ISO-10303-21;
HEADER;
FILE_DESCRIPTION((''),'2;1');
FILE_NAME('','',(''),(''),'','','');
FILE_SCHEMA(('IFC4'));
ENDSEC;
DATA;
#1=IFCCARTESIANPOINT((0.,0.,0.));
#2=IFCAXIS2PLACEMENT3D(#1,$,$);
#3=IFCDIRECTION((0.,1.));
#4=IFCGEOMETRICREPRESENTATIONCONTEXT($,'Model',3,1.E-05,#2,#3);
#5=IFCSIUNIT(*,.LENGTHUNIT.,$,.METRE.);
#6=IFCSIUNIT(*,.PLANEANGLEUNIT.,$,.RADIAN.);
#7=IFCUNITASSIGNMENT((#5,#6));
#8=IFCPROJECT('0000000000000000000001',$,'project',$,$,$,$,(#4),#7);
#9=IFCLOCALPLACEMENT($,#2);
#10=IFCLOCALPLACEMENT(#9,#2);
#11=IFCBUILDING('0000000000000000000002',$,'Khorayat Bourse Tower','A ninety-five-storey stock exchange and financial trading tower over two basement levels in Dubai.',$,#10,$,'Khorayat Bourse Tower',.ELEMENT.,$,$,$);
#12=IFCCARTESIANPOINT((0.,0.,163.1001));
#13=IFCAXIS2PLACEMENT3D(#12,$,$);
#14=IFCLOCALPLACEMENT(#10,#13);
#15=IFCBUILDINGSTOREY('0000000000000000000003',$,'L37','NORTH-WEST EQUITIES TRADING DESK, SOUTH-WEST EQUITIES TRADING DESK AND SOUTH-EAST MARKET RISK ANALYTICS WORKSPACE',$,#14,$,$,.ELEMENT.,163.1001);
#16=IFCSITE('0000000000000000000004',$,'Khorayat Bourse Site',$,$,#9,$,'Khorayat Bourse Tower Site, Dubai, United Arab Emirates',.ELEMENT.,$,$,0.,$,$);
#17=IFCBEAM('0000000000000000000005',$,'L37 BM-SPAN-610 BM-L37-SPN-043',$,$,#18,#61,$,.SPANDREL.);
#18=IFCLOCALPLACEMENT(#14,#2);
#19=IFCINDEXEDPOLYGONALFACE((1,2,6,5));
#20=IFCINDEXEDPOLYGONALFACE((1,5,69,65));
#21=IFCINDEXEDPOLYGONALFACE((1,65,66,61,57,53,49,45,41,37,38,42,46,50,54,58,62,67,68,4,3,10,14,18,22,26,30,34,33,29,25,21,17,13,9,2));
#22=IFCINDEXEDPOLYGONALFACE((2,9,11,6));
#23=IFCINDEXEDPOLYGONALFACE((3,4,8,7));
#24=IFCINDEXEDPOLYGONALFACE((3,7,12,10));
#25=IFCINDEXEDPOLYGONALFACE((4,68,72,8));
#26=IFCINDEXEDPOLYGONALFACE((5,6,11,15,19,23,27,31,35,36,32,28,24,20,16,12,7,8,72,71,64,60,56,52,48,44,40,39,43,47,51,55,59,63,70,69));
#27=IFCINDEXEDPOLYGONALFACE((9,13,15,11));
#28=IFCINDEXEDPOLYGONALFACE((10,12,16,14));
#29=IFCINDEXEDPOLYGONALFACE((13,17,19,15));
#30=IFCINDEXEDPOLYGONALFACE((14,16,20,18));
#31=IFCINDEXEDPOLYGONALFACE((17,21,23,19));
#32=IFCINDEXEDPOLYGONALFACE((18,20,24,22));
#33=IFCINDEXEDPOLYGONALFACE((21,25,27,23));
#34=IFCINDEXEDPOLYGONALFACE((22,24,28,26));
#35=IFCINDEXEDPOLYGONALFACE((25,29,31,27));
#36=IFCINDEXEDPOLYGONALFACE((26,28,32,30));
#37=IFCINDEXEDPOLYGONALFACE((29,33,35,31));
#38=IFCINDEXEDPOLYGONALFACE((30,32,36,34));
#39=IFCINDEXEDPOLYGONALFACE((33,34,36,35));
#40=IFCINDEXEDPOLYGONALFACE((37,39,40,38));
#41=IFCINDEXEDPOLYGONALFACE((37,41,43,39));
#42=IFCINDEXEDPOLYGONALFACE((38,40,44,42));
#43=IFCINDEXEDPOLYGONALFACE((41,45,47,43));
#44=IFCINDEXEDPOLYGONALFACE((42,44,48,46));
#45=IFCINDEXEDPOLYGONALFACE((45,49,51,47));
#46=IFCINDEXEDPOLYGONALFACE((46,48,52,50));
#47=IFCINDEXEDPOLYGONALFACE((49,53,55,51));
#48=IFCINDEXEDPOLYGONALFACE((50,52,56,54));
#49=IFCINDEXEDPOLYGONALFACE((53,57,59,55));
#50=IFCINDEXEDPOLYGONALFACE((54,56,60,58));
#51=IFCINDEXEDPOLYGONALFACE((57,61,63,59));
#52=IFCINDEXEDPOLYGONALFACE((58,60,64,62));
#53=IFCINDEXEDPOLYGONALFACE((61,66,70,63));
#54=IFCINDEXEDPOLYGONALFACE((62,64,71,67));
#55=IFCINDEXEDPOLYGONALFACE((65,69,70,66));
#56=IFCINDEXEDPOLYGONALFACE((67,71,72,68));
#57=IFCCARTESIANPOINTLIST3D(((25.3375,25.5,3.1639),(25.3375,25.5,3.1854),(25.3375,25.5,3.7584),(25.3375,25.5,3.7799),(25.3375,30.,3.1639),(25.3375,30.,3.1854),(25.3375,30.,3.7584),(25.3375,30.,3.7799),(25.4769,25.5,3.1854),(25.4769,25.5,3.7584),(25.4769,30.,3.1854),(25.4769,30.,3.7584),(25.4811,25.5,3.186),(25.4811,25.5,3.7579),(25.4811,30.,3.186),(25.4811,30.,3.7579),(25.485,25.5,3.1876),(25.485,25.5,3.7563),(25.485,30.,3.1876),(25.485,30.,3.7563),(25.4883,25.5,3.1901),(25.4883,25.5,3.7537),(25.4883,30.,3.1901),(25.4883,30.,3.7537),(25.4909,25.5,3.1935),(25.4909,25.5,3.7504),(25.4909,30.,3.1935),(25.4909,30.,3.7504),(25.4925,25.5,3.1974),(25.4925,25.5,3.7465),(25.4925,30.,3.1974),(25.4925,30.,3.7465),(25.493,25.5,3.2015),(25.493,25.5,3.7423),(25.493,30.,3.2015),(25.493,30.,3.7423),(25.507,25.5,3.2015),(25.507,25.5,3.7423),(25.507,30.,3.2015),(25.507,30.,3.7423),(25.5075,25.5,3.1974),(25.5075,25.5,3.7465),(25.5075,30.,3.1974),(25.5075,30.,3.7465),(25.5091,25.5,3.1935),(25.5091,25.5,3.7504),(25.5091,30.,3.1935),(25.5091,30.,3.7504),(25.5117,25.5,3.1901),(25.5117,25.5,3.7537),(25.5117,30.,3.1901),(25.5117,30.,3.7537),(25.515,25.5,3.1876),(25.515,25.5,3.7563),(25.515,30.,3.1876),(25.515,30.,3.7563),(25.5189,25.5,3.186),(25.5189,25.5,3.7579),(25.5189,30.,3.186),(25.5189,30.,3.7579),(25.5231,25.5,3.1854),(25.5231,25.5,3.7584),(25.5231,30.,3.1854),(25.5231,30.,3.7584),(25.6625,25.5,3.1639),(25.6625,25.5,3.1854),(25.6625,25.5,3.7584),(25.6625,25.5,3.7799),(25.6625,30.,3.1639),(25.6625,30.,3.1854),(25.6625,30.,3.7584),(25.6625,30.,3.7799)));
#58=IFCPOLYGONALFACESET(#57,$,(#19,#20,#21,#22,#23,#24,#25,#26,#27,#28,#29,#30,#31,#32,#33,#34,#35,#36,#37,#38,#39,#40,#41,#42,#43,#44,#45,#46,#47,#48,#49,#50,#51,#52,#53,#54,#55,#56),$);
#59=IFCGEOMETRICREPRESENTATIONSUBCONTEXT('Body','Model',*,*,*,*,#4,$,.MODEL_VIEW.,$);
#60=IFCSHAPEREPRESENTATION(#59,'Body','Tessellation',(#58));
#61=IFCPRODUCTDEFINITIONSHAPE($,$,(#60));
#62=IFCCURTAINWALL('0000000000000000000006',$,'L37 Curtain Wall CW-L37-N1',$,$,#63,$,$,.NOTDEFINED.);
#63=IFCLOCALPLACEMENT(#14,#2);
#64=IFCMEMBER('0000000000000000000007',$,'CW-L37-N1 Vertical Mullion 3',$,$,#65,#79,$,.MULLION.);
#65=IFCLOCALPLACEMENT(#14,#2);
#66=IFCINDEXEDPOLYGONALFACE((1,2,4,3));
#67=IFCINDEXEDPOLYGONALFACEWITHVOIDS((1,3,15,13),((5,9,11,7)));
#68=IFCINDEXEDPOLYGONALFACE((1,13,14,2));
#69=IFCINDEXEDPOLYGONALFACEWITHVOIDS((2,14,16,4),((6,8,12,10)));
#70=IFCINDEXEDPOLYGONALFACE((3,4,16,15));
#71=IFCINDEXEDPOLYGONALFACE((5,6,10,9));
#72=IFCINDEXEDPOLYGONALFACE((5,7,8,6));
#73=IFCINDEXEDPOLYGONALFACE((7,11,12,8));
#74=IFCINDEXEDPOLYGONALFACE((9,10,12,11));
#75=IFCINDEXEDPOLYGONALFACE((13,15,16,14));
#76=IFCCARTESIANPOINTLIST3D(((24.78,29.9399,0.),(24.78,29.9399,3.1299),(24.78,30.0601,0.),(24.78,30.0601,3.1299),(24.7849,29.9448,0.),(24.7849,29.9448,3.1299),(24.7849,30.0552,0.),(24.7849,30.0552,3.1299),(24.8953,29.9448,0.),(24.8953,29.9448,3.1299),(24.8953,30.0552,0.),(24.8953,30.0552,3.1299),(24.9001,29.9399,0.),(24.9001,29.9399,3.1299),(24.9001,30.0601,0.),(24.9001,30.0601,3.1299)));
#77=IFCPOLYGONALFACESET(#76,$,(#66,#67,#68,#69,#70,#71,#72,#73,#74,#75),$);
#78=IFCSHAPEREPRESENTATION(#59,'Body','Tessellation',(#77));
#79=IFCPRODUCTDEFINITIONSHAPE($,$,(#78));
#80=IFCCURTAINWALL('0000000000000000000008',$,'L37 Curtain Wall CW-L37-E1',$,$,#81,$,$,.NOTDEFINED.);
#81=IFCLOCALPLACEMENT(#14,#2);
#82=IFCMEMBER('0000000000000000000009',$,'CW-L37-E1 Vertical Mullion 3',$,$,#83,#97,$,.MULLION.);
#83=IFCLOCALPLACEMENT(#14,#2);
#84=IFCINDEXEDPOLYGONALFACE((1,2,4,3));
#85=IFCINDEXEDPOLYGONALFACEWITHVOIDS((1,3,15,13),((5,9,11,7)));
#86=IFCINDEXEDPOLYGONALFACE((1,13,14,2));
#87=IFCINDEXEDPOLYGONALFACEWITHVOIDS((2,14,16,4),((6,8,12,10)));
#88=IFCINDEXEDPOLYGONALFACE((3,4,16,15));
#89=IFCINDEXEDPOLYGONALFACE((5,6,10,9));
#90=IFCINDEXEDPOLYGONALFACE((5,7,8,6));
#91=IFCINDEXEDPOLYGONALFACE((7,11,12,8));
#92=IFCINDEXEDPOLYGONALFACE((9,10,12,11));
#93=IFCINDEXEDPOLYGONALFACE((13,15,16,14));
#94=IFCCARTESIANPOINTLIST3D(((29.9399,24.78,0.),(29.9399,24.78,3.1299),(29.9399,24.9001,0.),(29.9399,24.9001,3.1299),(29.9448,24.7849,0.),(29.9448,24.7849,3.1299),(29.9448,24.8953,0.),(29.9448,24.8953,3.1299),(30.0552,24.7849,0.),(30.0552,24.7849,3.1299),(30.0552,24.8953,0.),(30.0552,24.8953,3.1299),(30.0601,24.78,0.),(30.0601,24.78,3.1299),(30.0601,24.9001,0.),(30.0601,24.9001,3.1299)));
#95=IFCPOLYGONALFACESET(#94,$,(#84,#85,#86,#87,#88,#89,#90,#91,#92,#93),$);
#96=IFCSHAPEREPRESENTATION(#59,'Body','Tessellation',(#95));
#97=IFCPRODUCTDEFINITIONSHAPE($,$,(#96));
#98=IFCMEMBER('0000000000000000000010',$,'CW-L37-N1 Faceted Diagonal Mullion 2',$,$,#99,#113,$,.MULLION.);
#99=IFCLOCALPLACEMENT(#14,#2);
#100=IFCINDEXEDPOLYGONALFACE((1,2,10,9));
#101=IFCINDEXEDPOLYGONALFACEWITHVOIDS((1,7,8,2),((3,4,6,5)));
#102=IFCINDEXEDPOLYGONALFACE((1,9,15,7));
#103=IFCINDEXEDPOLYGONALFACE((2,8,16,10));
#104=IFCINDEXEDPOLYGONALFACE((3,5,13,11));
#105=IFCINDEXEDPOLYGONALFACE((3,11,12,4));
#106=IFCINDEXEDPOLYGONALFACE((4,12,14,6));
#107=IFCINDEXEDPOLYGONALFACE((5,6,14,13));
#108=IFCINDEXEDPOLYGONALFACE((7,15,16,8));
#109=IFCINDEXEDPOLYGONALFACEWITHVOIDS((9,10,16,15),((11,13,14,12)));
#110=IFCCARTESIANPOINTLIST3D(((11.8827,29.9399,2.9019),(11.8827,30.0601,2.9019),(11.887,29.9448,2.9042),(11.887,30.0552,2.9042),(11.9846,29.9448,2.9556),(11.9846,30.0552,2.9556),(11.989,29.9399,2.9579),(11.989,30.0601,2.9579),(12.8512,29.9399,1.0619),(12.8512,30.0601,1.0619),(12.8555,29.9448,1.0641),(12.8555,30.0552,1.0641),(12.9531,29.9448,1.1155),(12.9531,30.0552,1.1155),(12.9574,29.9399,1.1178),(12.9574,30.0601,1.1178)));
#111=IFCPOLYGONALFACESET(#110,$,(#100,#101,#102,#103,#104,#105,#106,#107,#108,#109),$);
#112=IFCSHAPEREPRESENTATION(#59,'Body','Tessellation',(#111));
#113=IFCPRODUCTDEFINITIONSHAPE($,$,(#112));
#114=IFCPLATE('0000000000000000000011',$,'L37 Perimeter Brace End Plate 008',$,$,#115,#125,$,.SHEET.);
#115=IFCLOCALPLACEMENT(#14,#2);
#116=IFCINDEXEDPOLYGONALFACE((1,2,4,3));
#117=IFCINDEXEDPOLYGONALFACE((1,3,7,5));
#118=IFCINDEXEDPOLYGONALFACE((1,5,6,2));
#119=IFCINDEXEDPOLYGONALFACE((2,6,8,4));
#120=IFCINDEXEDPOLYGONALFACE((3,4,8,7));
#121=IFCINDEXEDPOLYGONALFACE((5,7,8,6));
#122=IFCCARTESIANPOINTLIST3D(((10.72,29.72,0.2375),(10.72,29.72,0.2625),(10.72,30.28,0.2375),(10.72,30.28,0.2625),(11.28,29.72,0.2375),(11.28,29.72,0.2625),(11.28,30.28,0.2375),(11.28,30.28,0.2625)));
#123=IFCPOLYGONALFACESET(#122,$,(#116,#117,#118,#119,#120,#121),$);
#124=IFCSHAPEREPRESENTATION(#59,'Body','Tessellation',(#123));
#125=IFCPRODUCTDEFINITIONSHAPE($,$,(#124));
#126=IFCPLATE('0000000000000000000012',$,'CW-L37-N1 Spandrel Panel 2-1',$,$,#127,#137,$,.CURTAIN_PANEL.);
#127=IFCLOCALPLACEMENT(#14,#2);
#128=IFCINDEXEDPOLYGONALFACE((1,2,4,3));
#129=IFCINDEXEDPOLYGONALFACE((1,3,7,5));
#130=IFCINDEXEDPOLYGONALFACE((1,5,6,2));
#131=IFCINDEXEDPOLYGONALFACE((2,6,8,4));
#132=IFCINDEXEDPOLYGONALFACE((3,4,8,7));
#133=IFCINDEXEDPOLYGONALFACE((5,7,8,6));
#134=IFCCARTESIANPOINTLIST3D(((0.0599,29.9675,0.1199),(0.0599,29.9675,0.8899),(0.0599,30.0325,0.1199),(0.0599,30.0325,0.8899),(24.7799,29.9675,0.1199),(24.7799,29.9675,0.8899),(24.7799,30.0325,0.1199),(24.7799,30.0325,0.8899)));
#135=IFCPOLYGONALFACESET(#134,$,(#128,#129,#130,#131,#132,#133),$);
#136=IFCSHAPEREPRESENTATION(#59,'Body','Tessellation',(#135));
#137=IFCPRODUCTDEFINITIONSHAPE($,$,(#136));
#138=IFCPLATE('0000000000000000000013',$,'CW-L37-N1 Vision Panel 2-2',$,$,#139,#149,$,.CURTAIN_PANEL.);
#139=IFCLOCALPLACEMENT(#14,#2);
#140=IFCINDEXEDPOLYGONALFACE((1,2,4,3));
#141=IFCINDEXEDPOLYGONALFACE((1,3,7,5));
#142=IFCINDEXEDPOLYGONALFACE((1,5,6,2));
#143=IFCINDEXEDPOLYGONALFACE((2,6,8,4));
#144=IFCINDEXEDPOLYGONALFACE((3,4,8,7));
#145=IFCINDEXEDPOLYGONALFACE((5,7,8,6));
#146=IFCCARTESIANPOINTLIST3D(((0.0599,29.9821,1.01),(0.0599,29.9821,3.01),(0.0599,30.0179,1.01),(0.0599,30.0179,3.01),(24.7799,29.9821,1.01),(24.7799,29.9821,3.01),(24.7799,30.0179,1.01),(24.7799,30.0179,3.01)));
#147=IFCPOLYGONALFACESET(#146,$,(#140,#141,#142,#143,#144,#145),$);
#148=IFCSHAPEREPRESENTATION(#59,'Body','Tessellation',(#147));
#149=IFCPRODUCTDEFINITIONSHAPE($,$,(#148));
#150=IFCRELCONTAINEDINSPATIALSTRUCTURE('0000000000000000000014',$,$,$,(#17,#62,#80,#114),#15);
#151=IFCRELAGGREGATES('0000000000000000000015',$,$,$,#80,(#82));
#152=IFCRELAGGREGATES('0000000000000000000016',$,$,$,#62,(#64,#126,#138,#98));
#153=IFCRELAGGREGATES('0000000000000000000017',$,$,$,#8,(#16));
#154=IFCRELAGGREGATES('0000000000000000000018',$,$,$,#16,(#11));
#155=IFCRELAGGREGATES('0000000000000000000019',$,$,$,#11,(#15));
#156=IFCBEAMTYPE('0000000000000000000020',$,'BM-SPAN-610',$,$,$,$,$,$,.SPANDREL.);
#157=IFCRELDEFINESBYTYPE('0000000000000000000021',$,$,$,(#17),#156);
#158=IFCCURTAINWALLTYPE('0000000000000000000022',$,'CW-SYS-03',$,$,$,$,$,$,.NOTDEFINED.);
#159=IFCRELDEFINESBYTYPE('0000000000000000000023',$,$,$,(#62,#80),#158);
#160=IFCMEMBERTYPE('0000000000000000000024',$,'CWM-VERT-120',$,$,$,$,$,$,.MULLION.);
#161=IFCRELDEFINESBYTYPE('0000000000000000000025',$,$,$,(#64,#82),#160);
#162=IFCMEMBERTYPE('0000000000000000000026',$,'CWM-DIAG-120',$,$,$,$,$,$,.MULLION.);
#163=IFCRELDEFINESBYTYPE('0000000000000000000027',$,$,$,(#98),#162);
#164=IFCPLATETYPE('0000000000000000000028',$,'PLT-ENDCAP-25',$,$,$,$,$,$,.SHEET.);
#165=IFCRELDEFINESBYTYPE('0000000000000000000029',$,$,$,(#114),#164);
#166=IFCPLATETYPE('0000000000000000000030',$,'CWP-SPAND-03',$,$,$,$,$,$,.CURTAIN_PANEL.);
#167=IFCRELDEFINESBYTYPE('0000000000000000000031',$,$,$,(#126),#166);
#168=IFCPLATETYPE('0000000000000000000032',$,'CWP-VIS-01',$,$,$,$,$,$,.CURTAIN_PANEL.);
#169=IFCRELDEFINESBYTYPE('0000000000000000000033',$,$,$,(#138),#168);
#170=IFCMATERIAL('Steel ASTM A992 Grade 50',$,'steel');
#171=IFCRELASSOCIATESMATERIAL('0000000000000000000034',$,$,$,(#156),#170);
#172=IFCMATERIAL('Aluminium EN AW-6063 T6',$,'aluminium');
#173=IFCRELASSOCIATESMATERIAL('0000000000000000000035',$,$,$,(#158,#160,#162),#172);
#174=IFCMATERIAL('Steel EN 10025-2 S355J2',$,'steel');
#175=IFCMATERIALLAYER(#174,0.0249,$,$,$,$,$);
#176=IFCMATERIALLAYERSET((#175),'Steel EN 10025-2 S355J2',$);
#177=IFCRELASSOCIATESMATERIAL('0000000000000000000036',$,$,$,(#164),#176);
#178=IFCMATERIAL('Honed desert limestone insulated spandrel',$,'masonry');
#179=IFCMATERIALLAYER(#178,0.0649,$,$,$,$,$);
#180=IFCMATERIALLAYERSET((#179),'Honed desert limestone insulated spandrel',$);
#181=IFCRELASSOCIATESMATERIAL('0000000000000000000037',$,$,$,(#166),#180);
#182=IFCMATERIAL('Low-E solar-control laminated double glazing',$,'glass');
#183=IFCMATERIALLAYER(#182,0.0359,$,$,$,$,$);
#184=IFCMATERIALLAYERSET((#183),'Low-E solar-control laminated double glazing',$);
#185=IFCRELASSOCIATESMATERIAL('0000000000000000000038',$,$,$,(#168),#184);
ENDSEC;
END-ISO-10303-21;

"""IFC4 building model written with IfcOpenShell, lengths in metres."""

from ifc_helpers import new_model, si_unit, direction, frame, origin, origin_2d, place, context, subcontext, project, spatial, rectangle, hollow_rectangle, i_section, extrude, source, transform, mapped, material, layer, layer_set, material_profile, profile_set, type_object, element, aggregate, save


model = new_model("IFC4")

# Units and contexts
model_context = context("Model", 3, precision=1e-05, world=origin(), true_north=direction((0.0, 1.0)))
body_context = subcontext(model_context, "Body", "Model", "MODEL_VIEW")
ifc_project = project(units=[si_unit("LENGTHUNIT", "METRE"), si_unit("PLANEANGLEUNIT", "RADIAN")], contexts=[model_context])

# Site, building, storey
site_placement = place(None, origin())
site = spatial("IfcSite", under=ifc_project, at=site_placement, Name="Khorayat Bourse Site", LongName="Khorayat Bourse Tower Site, Dubai, United Arab Emirates", CompositionType="ELEMENT", RefElevation=0.0)
building_placement = place(site_placement, origin())
building = spatial("IfcBuilding", under=site, at=building_placement, Name="Khorayat Bourse Tower", Description="A ninety-five-storey stock exchange and financial trading tower over two basement levels in Dubai.", LongName="Khorayat Bourse Tower", CompositionType="ELEMENT")
storey_placement = place(building_placement, frame((0.0, 0.0, 163.1001)))
storey = spatial("IfcBuildingStorey", under=building, at=storey_placement, Name="L37", Description="NORTH-WEST EQUITIES TRADING DESK, SOUTH-WEST EQUITIES TRADING DESK AND SOUTH-EAST MARKET RISK ANALYTICS WORKSPACE", CompositionType="ELEMENT", Elevation=163.1001)

# Beam
ifc_material_1 = material(Name="Steel ASTM A992 Grade 50", Category="steel")
ifc_material_profile_1 = material_profile(ifc_material_1, i_section(OverallWidth=0.325, OverallDepth=0.616, WebThickness=0.0139, FlangeThickness=0.0215, FilletRadius=0.0161, at=origin_2d()), Name="W610X174")
ifc_profile_set_1 = profile_set([ifc_material_profile_1], Name="Steel ASTM A992 Grade 50")
beam_type_1 = type_object("IfcBeamType", Name="BM-SPAN-610", PredefinedType="SPANDREL", material=ifc_profile_set_1)
shared_shape_1 = source(origin(), body_context, "Body", "SweptSolid", [
    extrude(i_section(OverallWidth=0.325, OverallDepth=0.616, WebThickness=0.0139, FlangeThickness=0.0215, FilletRadius=0.0161, at=origin_2d()), origin(), (0.0, 0.0, 1.0), 4.5),
])
for number, where, z_axis, x_axis, name in (
    (1, (25.5, 25.5, 3.4719), (0.0, 1.0, 0.0), (-1.0, 0.0, 0.0), "L37 BM-SPAN-610 BM-L37-SPN-043"),
):
    element("IfcBeam", number, at=place(storey_placement, frame(where, z_axis=z_axis, x_axis=x_axis)), inside=storey, type_object=beam_type_1, Name=name, PredefinedType="SPANDREL", context=body_context, shape_type="MappedRepresentation", body=[
        mapped(shared_shape_1, transform((0.0, 0.0, 0.0), scale=1.0)),
    ])

# Curtain walls, members
ifc_material_2 = material(Name="Aluminium EN AW-6063 T6", Category="aluminium")
curtain_wall_type = type_object("IfcCurtainWallType", Name="CW-SYS-03", PredefinedType="NOTDEFINED", material=ifc_material_2)
curtain_wall_1_placement = place(storey_placement, origin())
curtain_wall_1 = element("IfcCurtainWall", 2, at=curtain_wall_1_placement, inside=storey, type_object=curtain_wall_type, Name="L37 Curtain Wall CW-L37-N1", PredefinedType="NOTDEFINED")
ifc_material_profile_2 = material_profile(ifc_material_2, hollow_rectangle(XDim=0.1201, YDim=0.1201, WallThickness=0.0049, at=origin_2d()), Name="ALU 120x120x5")
ifc_profile_set_2 = profile_set([ifc_material_profile_2], Name="Aluminium EN AW-6063 T6")
member_type_1 = type_object("IfcMemberType", Name="CWM-VERT-120", PredefinedType="MULLION", material=ifc_profile_set_2)
shared_shape_2 = source(origin(), body_context, "Body", "SweptSolid", [
    extrude(hollow_rectangle(XDim=0.1201, YDim=0.1201, WallThickness=0.0049, at=origin_2d()), origin(), (0.0, 0.0, 1.0), 3.1299),
])
member_1_placement = place(storey_placement, frame((24.8401, 30.0, 0.0), z_axis=(0.0, 0.0, 1.0), x_axis=(0.0, 1.0, 0.0)))
member_1 = element("IfcMember", 3, at=member_1_placement, type_object=member_type_1, Name="CW-L37-N1 Vertical Mullion 3", PredefinedType="MULLION", context=body_context, shape_type="MappedRepresentation", body=[
    mapped(shared_shape_2, transform((0.0, 0.0, 0.0), scale=1.0)),
])
curtain_wall_2_placement = place(storey_placement, origin())
curtain_wall_2 = element("IfcCurtainWall", 4, at=curtain_wall_2_placement, inside=storey, type_object=curtain_wall_type, Name="L37 Curtain Wall CW-L37-E1", PredefinedType="NOTDEFINED")
member_2_placement = place(storey_placement, frame((30.0, 24.8401, 0.0), z_axis=(0.0, 0.0, 1.0), x_axis=(-1.0, 0.0, 0.0)))
member_2 = element("IfcMember", 5, at=member_2_placement, type_object=member_type_1, Name="CW-L37-E1 Vertical Mullion 3", PredefinedType="MULLION", context=body_context, shape_type="MappedRepresentation", body=[
    mapped(shared_shape_2, transform((0.0, 0.0, 0.0), scale=1.0)),
])
aggregate(curtain_wall_2, [member_2])

# Member
ifc_material_profile_3 = material_profile(ifc_material_2, hollow_rectangle(XDim=0.1201, YDim=0.1201, WallThickness=0.0049, at=origin_2d()), Name="ALU 120x120x5")
ifc_profile_set_3 = profile_set([ifc_material_profile_3], Name="Aluminium EN AW-6063 T6")
member_type_2 = type_object("IfcMemberType", Name="CWM-DIAG-120", PredefinedType="MULLION", material=ifc_profile_set_3)
shared_shape_3 = source(origin(), body_context, "Body", "SweptSolid", [
    extrude(hollow_rectangle(XDim=0.1201, YDim=0.1201, WallThickness=0.0049, at=origin_2d()), origin(), (0.0, 0.0, 1.0), 2.0793),
])
member_3_placement = place(storey_placement, frame((12.9043, 30.0, 1.0898), z_axis=(-0.465761, 0.0, 0.884911), x_axis=(0.0, -1.0, 0.0)))
member_3 = element("IfcMember", 6, at=member_3_placement, type_object=member_type_2, Name="CW-L37-N1 Faceted Diagonal Mullion 2", PredefinedType="MULLION", context=body_context, shape_type="MappedRepresentation", body=[
    mapped(shared_shape_3, transform((0.0, 0.0, 0.0), scale=1.0)),
])

# Plates
ifc_material_3 = material(Name="Steel EN 10025-2 S355J2", Category="steel")
ifc_layer_1 = layer(ifc_material_3, 0.0249)
ifc_layer_set_1 = layer_set([ifc_layer_1], Name="Steel EN 10025-2 S355J2")
plate_type_1 = type_object("IfcPlateType", Name="PLT-ENDCAP-25", PredefinedType="SHEET", material=ifc_layer_set_1)
shared_shape_4 = source(origin(), body_context, "Body", "SweptSolid", [
    extrude(rectangle(XDim=0.5601, YDim=0.5601, at=origin_2d()), origin(), (0.0, 0.0, 1.0), 0.0249),
])
plate_1_placement = place(storey_placement, frame((11.0, 30.0, 0.2375), z_axis=(0.0, 0.0, 1.0), x_axis=(1.0, 0.0, 0.0)))
element("IfcPlate", 7, at=plate_1_placement, inside=storey, type_object=plate_type_1, Name="L37 Perimeter Brace End Plate 008", PredefinedType="SHEET", context=body_context, shape_type="MappedRepresentation", body=[
    mapped(shared_shape_4, transform((0.0, 0.0, 0.0), scale=1.0)),
])
ifc_material_4 = material(Name="Honed desert limestone insulated spandrel", Category="masonry")
ifc_layer_2 = layer(ifc_material_4, 0.0649)
ifc_layer_set_2 = layer_set([ifc_layer_2], Name="Honed desert limestone insulated spandrel")
plate_type_2 = type_object("IfcPlateType", Name="CWP-SPAND-03", PredefinedType="CURTAIN_PANEL", material=ifc_layer_set_2)
shared_shape_5 = source(origin(), body_context, "Body", "SweptSolid", [
    extrude(rectangle(XDim=24.72, YDim=0.0649, at=origin_2d()), origin(), (0.0, 0.0, 1.0), 0.77),
])
plate_2_placement = place(storey_placement, frame((12.4199, 30.0, 0.1199), z_axis=(0.0, 0.0, 1.0), x_axis=(1.0, 0.0, 0.0)))
plate_2 = element("IfcPlate", 8, at=plate_2_placement, type_object=plate_type_2, Name="CW-L37-N1 Spandrel Panel 2-1", PredefinedType="CURTAIN_PANEL", context=body_context, shape_type="MappedRepresentation", body=[
    mapped(shared_shape_5, transform((0.0, 0.0, 0.0), scale=1.0)),
])
ifc_material_5 = material(Name="Low-E solar-control laminated double glazing", Category="glass")
ifc_layer_3 = layer(ifc_material_5, 0.0359)
ifc_layer_set_3 = layer_set([ifc_layer_3], Name="Low-E solar-control laminated double glazing")
plate_type_3 = type_object("IfcPlateType", Name="CWP-VIS-01", PredefinedType="CURTAIN_PANEL", material=ifc_layer_set_3)
shared_shape_6 = source(origin(), body_context, "Body", "SweptSolid", [
    extrude(rectangle(XDim=24.72, YDim=0.0359, at=origin_2d()), origin(), (0.0, 0.0, 1.0), 2.0),
])
plate_3_placement = place(storey_placement, frame((12.4199, 30.0, 1.01), z_axis=(0.0, 0.0, 1.0), x_axis=(1.0, 0.0, 0.0)))
plate_3 = element("IfcPlate", 9, at=plate_3_placement, type_object=plate_type_3, Name="CW-L37-N1 Vision Panel 2-2", PredefinedType="CURTAIN_PANEL", context=body_context, shape_type="MappedRepresentation", body=[
    mapped(shared_shape_6, transform((0.0, 0.0, 0.0), scale=1.0)),
])
aggregate(curtain_wall_1, [member_1, plate_2, plate_3, member_3])

save(model, "model.ifc")
